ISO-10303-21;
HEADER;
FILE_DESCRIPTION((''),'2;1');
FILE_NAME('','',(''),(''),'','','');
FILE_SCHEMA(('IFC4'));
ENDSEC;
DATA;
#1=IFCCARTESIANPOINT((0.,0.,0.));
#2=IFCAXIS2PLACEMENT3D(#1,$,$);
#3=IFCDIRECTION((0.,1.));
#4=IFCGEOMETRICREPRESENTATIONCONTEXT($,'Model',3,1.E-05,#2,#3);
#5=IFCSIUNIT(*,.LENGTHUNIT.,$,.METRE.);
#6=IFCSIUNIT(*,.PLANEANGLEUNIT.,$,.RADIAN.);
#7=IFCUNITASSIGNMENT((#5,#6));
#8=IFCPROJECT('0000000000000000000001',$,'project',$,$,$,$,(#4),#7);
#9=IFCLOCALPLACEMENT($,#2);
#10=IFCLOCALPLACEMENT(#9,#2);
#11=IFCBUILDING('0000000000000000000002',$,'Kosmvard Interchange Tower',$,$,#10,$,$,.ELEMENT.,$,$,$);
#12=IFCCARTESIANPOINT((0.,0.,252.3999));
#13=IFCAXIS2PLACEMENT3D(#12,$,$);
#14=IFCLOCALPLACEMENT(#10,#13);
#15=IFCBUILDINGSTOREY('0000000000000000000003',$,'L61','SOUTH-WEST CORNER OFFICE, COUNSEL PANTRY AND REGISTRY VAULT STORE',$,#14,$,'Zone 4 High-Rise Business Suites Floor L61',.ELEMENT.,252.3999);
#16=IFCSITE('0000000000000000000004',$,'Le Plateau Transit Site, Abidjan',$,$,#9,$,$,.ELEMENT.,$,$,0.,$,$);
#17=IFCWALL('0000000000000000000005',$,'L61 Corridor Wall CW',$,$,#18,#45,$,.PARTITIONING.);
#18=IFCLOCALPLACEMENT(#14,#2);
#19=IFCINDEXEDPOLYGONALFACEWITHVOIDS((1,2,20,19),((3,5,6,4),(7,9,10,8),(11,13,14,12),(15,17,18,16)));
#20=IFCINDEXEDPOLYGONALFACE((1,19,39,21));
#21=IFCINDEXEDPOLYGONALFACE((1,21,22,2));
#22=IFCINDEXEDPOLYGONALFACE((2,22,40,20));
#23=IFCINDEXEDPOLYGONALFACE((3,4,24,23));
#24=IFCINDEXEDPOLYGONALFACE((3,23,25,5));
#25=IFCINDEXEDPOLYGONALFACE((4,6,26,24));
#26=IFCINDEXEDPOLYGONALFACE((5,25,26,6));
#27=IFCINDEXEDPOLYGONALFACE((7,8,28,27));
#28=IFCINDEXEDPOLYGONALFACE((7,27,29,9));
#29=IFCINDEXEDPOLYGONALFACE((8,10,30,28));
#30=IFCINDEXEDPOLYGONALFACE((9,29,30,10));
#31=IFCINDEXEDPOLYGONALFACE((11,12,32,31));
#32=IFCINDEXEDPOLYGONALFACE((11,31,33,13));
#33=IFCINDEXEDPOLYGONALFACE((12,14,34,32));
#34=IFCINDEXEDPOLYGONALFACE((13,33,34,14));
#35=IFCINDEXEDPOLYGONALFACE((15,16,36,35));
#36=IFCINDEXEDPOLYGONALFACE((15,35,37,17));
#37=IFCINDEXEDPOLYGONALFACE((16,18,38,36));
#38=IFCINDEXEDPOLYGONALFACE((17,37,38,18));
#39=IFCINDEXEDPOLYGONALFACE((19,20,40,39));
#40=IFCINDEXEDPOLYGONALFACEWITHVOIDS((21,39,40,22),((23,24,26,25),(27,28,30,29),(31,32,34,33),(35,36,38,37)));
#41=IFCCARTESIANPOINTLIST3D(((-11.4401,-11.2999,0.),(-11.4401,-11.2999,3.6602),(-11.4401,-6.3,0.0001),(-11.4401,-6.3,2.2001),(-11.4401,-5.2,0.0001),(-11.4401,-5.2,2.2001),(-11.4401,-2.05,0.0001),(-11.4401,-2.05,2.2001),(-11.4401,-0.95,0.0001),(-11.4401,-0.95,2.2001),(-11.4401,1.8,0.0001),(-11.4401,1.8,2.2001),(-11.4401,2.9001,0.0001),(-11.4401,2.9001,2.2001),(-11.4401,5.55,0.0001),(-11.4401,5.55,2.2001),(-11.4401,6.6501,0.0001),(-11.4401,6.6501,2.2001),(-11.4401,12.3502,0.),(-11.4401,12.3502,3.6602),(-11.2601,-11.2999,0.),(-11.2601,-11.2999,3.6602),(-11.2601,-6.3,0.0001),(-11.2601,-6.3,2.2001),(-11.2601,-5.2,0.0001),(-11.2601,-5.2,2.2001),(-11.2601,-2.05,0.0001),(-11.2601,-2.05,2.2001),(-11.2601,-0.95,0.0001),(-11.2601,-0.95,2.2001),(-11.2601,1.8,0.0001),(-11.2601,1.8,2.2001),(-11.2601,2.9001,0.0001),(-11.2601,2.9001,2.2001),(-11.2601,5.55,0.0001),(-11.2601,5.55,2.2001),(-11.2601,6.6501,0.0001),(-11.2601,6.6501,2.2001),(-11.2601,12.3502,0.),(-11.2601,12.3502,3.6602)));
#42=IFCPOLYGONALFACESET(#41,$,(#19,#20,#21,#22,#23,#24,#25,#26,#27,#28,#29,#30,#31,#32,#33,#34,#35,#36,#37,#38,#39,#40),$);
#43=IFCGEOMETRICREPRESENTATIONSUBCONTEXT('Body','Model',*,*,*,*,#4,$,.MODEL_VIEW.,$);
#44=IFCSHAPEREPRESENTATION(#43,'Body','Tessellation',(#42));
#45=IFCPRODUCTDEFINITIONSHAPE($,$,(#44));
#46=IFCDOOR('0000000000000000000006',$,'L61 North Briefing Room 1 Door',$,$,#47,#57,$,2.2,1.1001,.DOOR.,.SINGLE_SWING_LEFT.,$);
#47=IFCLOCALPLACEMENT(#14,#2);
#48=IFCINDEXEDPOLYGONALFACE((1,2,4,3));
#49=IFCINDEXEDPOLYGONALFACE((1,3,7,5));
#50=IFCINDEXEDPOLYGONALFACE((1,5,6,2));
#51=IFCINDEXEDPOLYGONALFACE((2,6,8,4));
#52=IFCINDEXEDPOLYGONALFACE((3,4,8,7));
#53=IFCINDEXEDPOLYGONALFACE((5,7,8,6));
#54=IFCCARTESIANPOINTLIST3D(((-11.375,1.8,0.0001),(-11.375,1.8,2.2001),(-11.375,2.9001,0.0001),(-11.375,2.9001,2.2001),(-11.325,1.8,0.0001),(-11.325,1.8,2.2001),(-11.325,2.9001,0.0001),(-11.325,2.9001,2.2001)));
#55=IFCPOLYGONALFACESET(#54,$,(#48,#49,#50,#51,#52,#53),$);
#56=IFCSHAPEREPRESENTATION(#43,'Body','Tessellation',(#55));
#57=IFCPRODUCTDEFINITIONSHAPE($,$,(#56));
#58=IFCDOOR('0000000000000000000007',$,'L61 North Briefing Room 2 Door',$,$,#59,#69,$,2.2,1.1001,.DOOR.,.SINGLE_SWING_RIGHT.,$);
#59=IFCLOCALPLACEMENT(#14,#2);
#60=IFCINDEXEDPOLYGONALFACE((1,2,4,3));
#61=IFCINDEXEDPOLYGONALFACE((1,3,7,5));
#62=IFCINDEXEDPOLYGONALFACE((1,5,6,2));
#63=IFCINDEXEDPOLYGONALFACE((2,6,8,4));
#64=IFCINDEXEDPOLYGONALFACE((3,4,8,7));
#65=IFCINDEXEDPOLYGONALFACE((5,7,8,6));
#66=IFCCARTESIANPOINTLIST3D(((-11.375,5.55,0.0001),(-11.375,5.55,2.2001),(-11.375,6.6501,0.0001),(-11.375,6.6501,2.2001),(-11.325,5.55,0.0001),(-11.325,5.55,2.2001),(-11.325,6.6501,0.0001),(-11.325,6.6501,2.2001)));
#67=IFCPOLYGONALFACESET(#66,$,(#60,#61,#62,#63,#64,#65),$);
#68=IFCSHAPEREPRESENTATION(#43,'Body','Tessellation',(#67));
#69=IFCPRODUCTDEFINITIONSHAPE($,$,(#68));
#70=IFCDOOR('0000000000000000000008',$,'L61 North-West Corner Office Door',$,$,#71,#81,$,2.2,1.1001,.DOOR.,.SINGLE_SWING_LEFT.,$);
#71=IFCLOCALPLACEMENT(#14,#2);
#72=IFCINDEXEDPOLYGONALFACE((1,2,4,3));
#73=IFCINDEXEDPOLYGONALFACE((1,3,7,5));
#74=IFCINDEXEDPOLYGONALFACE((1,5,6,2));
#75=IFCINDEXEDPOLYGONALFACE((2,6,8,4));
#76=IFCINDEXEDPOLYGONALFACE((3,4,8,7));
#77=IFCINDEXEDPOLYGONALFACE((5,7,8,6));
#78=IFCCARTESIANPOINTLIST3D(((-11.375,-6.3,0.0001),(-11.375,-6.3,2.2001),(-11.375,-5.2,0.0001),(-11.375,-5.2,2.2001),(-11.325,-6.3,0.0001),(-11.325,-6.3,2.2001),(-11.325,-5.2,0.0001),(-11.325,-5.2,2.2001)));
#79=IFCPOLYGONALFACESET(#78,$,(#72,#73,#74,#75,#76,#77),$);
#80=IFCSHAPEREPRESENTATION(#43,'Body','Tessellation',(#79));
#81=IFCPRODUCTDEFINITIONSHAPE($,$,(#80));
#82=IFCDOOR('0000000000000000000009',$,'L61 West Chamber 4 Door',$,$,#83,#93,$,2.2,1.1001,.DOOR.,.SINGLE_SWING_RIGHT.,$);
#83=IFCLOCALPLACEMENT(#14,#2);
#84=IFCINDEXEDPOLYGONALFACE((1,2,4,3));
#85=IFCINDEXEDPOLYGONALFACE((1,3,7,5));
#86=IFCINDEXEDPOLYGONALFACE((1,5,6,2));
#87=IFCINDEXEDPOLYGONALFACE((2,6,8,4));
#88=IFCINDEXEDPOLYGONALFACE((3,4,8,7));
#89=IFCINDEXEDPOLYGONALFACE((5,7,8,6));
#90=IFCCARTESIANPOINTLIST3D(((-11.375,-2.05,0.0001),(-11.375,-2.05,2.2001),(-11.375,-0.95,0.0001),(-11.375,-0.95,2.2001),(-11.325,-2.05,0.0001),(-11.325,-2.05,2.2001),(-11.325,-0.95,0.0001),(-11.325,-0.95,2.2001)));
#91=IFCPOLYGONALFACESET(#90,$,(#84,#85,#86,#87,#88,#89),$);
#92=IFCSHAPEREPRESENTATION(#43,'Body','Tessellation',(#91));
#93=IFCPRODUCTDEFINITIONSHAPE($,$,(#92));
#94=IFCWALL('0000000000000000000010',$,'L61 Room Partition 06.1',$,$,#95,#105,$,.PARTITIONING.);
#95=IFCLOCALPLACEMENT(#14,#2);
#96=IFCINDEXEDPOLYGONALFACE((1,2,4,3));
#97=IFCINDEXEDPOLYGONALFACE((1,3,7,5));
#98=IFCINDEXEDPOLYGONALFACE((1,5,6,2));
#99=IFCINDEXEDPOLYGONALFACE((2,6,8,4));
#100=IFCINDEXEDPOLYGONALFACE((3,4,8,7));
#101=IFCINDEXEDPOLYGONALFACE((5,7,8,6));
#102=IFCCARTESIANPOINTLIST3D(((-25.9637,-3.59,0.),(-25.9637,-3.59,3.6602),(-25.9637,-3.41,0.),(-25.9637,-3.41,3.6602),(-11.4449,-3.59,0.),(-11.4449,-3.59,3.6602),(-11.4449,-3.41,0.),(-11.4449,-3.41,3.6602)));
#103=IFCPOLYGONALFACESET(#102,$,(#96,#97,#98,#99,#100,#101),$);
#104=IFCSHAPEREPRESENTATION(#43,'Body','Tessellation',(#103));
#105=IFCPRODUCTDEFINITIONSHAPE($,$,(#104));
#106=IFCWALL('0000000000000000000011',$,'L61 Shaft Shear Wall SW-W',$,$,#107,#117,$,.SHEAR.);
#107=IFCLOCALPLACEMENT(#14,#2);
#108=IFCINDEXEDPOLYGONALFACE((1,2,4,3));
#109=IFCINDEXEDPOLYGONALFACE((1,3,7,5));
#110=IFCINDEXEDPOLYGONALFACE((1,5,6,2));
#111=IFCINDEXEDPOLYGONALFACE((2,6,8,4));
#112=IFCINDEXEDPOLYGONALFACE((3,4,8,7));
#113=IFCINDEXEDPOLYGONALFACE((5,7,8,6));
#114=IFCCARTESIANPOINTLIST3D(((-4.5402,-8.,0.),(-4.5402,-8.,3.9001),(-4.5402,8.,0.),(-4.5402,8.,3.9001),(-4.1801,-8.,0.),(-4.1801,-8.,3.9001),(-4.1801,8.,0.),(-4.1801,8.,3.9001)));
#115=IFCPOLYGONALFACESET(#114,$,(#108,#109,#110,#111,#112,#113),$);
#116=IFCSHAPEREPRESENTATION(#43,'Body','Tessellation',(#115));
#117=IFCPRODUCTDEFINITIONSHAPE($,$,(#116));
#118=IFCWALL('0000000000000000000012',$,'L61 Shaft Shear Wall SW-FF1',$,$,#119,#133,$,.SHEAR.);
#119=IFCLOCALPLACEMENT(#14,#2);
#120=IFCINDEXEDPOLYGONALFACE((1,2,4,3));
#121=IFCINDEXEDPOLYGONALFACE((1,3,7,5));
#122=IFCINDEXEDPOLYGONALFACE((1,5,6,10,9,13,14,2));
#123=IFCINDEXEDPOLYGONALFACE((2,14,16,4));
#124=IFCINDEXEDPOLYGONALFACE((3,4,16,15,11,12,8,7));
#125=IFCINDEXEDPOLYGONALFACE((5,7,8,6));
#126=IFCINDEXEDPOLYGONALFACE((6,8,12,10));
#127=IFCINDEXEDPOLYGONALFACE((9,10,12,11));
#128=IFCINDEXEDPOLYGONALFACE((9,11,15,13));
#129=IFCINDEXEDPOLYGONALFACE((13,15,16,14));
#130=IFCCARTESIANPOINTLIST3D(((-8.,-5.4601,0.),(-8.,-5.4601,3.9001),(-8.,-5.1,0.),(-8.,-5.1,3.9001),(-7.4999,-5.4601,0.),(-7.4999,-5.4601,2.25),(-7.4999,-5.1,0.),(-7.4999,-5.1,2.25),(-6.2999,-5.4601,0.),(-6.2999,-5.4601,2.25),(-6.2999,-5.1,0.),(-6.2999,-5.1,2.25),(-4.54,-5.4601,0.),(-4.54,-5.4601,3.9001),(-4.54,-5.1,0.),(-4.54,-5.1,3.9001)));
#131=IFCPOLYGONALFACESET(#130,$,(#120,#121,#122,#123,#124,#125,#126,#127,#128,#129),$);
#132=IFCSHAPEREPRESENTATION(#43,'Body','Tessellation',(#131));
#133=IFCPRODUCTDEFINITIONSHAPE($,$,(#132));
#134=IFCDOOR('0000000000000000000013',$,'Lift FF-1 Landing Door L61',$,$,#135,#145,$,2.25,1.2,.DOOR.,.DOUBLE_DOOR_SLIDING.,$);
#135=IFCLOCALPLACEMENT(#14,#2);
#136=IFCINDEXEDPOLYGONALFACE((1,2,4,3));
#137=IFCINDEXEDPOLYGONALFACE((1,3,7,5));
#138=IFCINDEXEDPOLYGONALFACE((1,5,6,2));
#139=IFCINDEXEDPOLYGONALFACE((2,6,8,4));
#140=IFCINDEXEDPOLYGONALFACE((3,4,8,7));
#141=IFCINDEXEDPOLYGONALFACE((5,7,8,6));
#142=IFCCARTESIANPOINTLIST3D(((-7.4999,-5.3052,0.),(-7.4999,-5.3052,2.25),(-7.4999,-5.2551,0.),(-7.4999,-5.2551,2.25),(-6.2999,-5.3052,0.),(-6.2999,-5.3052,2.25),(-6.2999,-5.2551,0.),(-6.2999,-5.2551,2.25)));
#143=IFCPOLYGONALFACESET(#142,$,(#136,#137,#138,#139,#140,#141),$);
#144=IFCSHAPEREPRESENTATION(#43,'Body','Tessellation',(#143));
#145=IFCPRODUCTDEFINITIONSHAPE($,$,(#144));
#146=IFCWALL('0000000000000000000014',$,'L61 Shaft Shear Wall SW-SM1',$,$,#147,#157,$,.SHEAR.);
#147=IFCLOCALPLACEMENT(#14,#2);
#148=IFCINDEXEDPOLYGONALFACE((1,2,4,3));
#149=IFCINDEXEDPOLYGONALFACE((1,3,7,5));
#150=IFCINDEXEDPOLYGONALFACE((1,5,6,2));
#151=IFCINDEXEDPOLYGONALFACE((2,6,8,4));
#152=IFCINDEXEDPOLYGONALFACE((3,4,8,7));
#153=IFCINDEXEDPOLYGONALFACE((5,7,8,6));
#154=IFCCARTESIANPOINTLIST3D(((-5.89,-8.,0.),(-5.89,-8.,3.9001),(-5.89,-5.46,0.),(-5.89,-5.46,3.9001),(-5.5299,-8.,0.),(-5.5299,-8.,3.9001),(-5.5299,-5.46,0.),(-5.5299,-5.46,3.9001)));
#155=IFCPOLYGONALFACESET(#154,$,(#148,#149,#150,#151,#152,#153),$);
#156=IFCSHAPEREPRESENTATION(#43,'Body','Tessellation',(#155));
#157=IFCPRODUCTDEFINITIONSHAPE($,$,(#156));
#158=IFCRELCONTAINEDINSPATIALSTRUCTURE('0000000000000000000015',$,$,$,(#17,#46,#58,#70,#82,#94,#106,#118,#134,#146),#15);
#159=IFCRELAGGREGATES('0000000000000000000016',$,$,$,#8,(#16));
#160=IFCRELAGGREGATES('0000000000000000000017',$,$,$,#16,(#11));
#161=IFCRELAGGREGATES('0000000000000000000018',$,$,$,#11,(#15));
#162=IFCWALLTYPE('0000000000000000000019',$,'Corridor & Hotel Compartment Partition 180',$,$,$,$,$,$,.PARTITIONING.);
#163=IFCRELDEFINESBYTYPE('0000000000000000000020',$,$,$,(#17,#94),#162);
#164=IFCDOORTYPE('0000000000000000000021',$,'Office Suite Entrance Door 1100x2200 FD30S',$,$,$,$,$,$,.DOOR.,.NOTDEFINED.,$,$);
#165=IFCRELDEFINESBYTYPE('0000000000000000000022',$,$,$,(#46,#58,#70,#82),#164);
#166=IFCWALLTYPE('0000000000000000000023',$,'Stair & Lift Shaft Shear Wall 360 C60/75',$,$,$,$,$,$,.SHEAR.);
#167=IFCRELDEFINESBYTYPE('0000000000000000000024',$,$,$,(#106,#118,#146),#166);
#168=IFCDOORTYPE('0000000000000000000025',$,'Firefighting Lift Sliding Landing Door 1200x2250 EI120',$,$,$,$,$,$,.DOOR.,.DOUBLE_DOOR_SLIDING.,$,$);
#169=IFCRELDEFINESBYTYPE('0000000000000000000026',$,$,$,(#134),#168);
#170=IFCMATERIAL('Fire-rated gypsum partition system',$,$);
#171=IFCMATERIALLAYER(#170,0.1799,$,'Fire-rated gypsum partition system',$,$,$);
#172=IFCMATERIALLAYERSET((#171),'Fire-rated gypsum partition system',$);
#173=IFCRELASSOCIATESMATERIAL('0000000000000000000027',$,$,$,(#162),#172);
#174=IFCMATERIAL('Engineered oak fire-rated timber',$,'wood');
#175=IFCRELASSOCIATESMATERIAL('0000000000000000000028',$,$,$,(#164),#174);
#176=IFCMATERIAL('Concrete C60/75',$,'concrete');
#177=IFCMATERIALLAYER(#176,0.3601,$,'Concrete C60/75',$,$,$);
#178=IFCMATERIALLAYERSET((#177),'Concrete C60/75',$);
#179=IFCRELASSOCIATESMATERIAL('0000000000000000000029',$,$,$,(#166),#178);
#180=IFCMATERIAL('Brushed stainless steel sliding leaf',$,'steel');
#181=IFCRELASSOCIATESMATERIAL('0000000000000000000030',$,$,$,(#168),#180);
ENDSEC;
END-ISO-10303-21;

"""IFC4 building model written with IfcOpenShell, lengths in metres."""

from ifc_helpers import new_model, si_unit, direction, frame, frame_2d, origin, place, context, subcontext, project, spatial, rectangle, extrude, source, transform, mapped, material, layer, layer_set, type_object, element, fill, save


model = new_model("IFC4")

# Units and contexts
model_context = context("Model", 3, precision=1e-05, world=origin(), true_north=direction((0.0, 1.0)))
body_context = subcontext(model_context, "Body", "Model", "MODEL_VIEW")
ifc_project = project(units=[si_unit("LENGTHUNIT", "METRE"), si_unit("PLANEANGLEUNIT", "RADIAN")], contexts=[model_context])

# Site, building, storey
site_placement = place(None, origin())
site = spatial("IfcSite", under=ifc_project, at=site_placement, Name="Le Plateau Transit Site, Abidjan", CompositionType="ELEMENT", RefElevation=0.0)
building_placement = place(site_placement, origin())
building = spatial("IfcBuilding", under=site, at=building_placement, Name="Kosmvard Interchange Tower", CompositionType="ELEMENT")
storey_placement = place(building_placement, frame((0.0, 0.0, 252.3999)))
storey = spatial("IfcBuildingStorey", under=building, at=storey_placement, Name="L61", Description="SOUTH-WEST CORNER OFFICE, COUNSEL PANTRY AND REGISTRY VAULT STORE", LongName="Zone 4 High-Rise Business Suites Floor L61", CompositionType="ELEMENT", Elevation=252.3999)

# Shared definitions
ifc_material_1 = material(Name="Concrete C60/75", Category="concrete")

# Wall, openings, doors
ifc_material_2 = material(Name="Fire-rated gypsum partition system")
ifc_layer_1 = layer(ifc_material_2, 0.1799, Name="Fire-rated gypsum partition system")
ifc_layer_set_1 = layer_set([ifc_layer_1], Name="Fire-rated gypsum partition system")
wall_type_1 = type_object("IfcWallType", Name="Corridor & Hotel Compartment Partition 180", PredefinedType="PARTITIONING", material=ifc_layer_set_1)
ifc_material_3 = material(Name="Brushed stainless steel sliding leaf", Category="steel")
shared_shape_1 = source(origin(), body_context, "Body", "SweptSolid", [
    extrude(rectangle(XDim=1.1001, YDim=2.2, at=frame_2d((0.55, 1.1001))), frame((0.0, 0.0249, 0.0), z_axis=(0.0, -1.0, 0.0), x_axis=(1.0, 0.0, 0.0)), (0.0, 0.0, 1.0), 0.05),
])
wall_1_placement = place(storey_placement, frame((-11.3501, -11.3, 0.0), z_axis=(0.0, 0.0, 1.0), x_axis=(0.0, 1.0, 0.0)))
wall_1 = element("IfcWall", 1, at=wall_1_placement, inside=storey, type_object=wall_type_1, Name="L61 Corridor Wall CW", PredefinedType="PARTITIONING", context=body_context, shape_type="SweptSolid", body=[
    extrude(rectangle(XDim=23.6501, YDim=0.1799, at=frame_2d((11.8252, 0.0))), origin(), (0.0, 0.0, 1.0), 3.6602),
])
opening_1_placement = place(wall_1_placement, frame((13.1001, 0.0, 0.0)))
opening_1 = element("IfcOpeningElement", 2, at=opening_1_placement, cuts=wall_1, PredefinedType="OPENING", context=body_context, shape_type="SweptSolid", body=[
    extrude(rectangle(XDim=1.1001, YDim=2.2, at=frame_2d((0.55, 1.1001))), frame((0.0, 0.1001, 0.0), z_axis=(0.0, -1.0, 0.0), x_axis=(1.0, 0.0, 0.0)), (0.0, 0.0, 1.0), 0.2),
])
opening_2_placement = place(wall_1_placement, frame((16.8501, 0.0, 0.0)))
opening_2 = element("IfcOpeningElement", 3, at=opening_2_placement, cuts=wall_1, PredefinedType="OPENING", context=body_context, shape_type="SweptSolid", body=[
    extrude(rectangle(XDim=1.1001, YDim=2.2, at=frame_2d((0.55, 1.1001))), frame((0.0, 0.1001, 0.0), z_axis=(0.0, -1.0, 0.0), x_axis=(1.0, 0.0, 0.0)), (0.0, 0.0, 1.0), 0.2),
])
opening_3_placement = place(wall_1_placement, frame((5.0, 0.0, 0.0)))
opening_3 = element("IfcOpeningElement", 4, at=opening_3_placement, cuts=wall_1, PredefinedType="OPENING", context=body_context, shape_type="SweptSolid", body=[
    extrude(rectangle(XDim=1.1001, YDim=2.2, at=frame_2d((0.55, 1.1001))), frame((0.0, 0.1001, 0.0), z_axis=(0.0, -1.0, 0.0), x_axis=(1.0, 0.0, 0.0)), (0.0, 0.0, 1.0), 0.2),
])
opening_4_placement = place(wall_1_placement, frame((9.25, 0.0, 0.0)))
opening_4 = element("IfcOpeningElement", 5, at=opening_4_placement, cuts=wall_1, PredefinedType="OPENING", context=body_context, shape_type="SweptSolid", body=[
    extrude(rectangle(XDim=1.1001, YDim=2.2, at=frame_2d((0.55, 1.1001))), frame((0.0, 0.1001, 0.0), z_axis=(0.0, -1.0, 0.0), x_axis=(1.0, 0.0, 0.0)), (0.0, 0.0, 1.0), 0.2),
])
ifc_material_4 = material(Name="Engineered oak fire-rated timber", Category="wood")
door_type_1 = type_object("IfcDoorType", Name="Office Suite Entrance Door 1100x2200 FD30S", OperationType="NOTDEFINED", PredefinedType="DOOR", material=ifc_material_4)
door_1_placement = place(opening_1_placement, origin())
door_1 = element("IfcDoor", 6, at=door_1_placement, inside=storey, type_object=door_type_1, Name="L61 North Briefing Room 1 Door", OperationType="SINGLE_SWING_LEFT", OverallHeight=2.2, OverallWidth=1.1001, PredefinedType="DOOR", context=body_context, shape_type="MappedRepresentation", body=[
    mapped(shared_shape_1, transform((0.0, 0.0, 0.0), scale=1.0)),
])
fill(opening_1, door_1)
door_2_placement = place(opening_2_placement, origin())
door_2 = element("IfcDoor", 7, at=door_2_placement, inside=storey, type_object=door_type_1, Name="L61 North Briefing Room 2 Door", OperationType="SINGLE_SWING_RIGHT", OverallHeight=2.2, OverallWidth=1.1001, PredefinedType="DOOR", context=body_context, shape_type="MappedRepresentation", body=[
    mapped(shared_shape_1, transform((0.0, 0.0, 0.0), scale=1.0)),
])
fill(opening_2, door_2)
door_3_placement = place(opening_3_placement, origin())
door_3 = element("IfcDoor", 8, at=door_3_placement, inside=storey, type_object=door_type_1, Name="L61 North-West Corner Office Door", OperationType="SINGLE_SWING_LEFT", OverallHeight=2.2, OverallWidth=1.1001, PredefinedType="DOOR", context=body_context, shape_type="MappedRepresentation", body=[
    mapped(shared_shape_1, transform((0.0, 0.0, 0.0), scale=1.0)),
])
fill(opening_3, door_3)
door_4_placement = place(opening_4_placement, origin())
door_4 = element("IfcDoor", 9, at=door_4_placement, inside=storey, type_object=door_type_1, Name="L61 West Chamber 4 Door", OperationType="SINGLE_SWING_RIGHT", OverallHeight=2.2, OverallWidth=1.1001, PredefinedType="DOOR", context=body_context, shape_type="MappedRepresentation", body=[
    mapped(shared_shape_1, transform((0.0, 0.0, 0.0), scale=1.0)),
])
fill(opening_4, door_4)

# Walls
wall_2_placement = place(storey_placement, frame((-11.4451, -3.5, 0.0), z_axis=(0.0, 0.0, 1.0), x_axis=(-1.0, 0.0, 0.0)))
element("IfcWall", 10, at=wall_2_placement, inside=storey, type_object=wall_type_1, Name="L61 Room Partition 06.1", PredefinedType="PARTITIONING", context=body_context, shape_type="SweptSolid", body=[
    extrude(rectangle(XDim=14.5188, YDim=0.1799, at=frame_2d((7.2593, 0.0))), origin(), (0.0, 0.0, 1.0), 3.6602),
])
ifc_layer_2 = layer(ifc_material_1, 0.3601, Name="Concrete C60/75")
ifc_layer_set_2 = layer_set([ifc_layer_2], Name="Concrete C60/75")
wall_type_2 = type_object("IfcWallType", Name="Stair & Lift Shaft Shear Wall 360 C60/75", PredefinedType="SHEAR", material=ifc_layer_set_2)
wall_3_placement = place(storey_placement, frame((-4.3601, -8.0, 0.0), z_axis=(0.0, 0.0, 1.0), x_axis=(0.0, 1.0, 0.0)))
element("IfcWall", 11, at=wall_3_placement, inside=storey, type_object=wall_type_2, Name="L61 Shaft Shear Wall SW-W", PredefinedType="SHEAR", context=body_context, shape_type="SweptSolid", body=[
    extrude(rectangle(XDim=16.0, YDim=0.3601, at=frame_2d((8.0, 0.0))), origin(), (0.0, 0.0, 1.0), 3.9001),
])

# Wall, opening, door
wall_4_placement = place(storey_placement, frame((-8.0, -5.28, 0.0), z_axis=(0.0, 0.0, 1.0), x_axis=(1.0, 0.0, 0.0)))
wall_4 = element("IfcWall", 12, at=wall_4_placement, inside=storey, type_object=wall_type_2, Name="L61 Shaft Shear Wall SW-FF1", PredefinedType="SHEAR", context=body_context, shape_type="SweptSolid", body=[
    extrude(rectangle(XDim=3.46, YDim=0.3601, at=frame_2d((1.73, 0.0))), origin(), (0.0, 0.0, 1.0), 3.9001),
])
opening_5_placement = place(wall_4_placement, frame((0.5, 0.0, 0.0)))
opening_5 = element("IfcOpeningElement", 13, at=opening_5_placement, cuts=wall_4, PredefinedType="OPENING", context=body_context, shape_type="SweptSolid", body=[
    extrude(rectangle(XDim=1.2, YDim=2.25, at=frame_2d((0.6001, 1.125))), frame((0.0, 0.1899, 0.0), z_axis=(0.0, -1.0, 0.0), x_axis=(1.0, 0.0, 0.0)), (0.0, 0.0, 1.0), 0.3801),
])
door_type_2 = type_object("IfcDoorType", Name="Firefighting Lift Sliding Landing Door 1200x2250 EI120", OperationType="DOUBLE_DOOR_SLIDING", PredefinedType="DOOR", material=ifc_material_3)
shared_shape_2 = source(origin(), body_context, "Body", "SweptSolid", [
    extrude(rectangle(XDim=1.2, YDim=2.25, at=frame_2d((0.6001, 1.125))), frame((0.0, 0.0249, 0.0), z_axis=(0.0, -1.0, 0.0), x_axis=(1.0, 0.0, 0.0)), (0.0, 0.0, 1.0), 0.05),
])
door_5_placement = place(opening_5_placement, origin())
door_5 = element("IfcDoor", 14, at=door_5_placement, inside=storey, type_object=door_type_2, Name="Lift FF-1 Landing Door L61", OperationType="DOUBLE_DOOR_SLIDING", OverallHeight=2.25, OverallWidth=1.2, PredefinedType="DOOR", context=body_context, shape_type="MappedRepresentation", body=[
    mapped(shared_shape_2, transform((0.0, 0.0, 0.0), scale=1.0)),
])
fill(opening_5, door_5)

# Wall
wall_5_placement = place(storey_placement, frame((-5.71, -8.0, 0.0), z_axis=(0.0, 0.0, 1.0), x_axis=(0.0, 1.0, 0.0)))
element("IfcWall", 15, at=wall_5_placement, inside=storey, type_object=wall_type_2, Name="L61 Shaft Shear Wall SW-SM1", PredefinedType="SHEAR", context=body_context, shape_type="SweptSolid", body=[
    extrude(rectangle(XDim=2.54, YDim=0.3601, at=frame_2d((1.27, 0.0))), origin(), (0.0, 0.0, 1.0), 3.9001),
])

save(model, "model.ifc")
